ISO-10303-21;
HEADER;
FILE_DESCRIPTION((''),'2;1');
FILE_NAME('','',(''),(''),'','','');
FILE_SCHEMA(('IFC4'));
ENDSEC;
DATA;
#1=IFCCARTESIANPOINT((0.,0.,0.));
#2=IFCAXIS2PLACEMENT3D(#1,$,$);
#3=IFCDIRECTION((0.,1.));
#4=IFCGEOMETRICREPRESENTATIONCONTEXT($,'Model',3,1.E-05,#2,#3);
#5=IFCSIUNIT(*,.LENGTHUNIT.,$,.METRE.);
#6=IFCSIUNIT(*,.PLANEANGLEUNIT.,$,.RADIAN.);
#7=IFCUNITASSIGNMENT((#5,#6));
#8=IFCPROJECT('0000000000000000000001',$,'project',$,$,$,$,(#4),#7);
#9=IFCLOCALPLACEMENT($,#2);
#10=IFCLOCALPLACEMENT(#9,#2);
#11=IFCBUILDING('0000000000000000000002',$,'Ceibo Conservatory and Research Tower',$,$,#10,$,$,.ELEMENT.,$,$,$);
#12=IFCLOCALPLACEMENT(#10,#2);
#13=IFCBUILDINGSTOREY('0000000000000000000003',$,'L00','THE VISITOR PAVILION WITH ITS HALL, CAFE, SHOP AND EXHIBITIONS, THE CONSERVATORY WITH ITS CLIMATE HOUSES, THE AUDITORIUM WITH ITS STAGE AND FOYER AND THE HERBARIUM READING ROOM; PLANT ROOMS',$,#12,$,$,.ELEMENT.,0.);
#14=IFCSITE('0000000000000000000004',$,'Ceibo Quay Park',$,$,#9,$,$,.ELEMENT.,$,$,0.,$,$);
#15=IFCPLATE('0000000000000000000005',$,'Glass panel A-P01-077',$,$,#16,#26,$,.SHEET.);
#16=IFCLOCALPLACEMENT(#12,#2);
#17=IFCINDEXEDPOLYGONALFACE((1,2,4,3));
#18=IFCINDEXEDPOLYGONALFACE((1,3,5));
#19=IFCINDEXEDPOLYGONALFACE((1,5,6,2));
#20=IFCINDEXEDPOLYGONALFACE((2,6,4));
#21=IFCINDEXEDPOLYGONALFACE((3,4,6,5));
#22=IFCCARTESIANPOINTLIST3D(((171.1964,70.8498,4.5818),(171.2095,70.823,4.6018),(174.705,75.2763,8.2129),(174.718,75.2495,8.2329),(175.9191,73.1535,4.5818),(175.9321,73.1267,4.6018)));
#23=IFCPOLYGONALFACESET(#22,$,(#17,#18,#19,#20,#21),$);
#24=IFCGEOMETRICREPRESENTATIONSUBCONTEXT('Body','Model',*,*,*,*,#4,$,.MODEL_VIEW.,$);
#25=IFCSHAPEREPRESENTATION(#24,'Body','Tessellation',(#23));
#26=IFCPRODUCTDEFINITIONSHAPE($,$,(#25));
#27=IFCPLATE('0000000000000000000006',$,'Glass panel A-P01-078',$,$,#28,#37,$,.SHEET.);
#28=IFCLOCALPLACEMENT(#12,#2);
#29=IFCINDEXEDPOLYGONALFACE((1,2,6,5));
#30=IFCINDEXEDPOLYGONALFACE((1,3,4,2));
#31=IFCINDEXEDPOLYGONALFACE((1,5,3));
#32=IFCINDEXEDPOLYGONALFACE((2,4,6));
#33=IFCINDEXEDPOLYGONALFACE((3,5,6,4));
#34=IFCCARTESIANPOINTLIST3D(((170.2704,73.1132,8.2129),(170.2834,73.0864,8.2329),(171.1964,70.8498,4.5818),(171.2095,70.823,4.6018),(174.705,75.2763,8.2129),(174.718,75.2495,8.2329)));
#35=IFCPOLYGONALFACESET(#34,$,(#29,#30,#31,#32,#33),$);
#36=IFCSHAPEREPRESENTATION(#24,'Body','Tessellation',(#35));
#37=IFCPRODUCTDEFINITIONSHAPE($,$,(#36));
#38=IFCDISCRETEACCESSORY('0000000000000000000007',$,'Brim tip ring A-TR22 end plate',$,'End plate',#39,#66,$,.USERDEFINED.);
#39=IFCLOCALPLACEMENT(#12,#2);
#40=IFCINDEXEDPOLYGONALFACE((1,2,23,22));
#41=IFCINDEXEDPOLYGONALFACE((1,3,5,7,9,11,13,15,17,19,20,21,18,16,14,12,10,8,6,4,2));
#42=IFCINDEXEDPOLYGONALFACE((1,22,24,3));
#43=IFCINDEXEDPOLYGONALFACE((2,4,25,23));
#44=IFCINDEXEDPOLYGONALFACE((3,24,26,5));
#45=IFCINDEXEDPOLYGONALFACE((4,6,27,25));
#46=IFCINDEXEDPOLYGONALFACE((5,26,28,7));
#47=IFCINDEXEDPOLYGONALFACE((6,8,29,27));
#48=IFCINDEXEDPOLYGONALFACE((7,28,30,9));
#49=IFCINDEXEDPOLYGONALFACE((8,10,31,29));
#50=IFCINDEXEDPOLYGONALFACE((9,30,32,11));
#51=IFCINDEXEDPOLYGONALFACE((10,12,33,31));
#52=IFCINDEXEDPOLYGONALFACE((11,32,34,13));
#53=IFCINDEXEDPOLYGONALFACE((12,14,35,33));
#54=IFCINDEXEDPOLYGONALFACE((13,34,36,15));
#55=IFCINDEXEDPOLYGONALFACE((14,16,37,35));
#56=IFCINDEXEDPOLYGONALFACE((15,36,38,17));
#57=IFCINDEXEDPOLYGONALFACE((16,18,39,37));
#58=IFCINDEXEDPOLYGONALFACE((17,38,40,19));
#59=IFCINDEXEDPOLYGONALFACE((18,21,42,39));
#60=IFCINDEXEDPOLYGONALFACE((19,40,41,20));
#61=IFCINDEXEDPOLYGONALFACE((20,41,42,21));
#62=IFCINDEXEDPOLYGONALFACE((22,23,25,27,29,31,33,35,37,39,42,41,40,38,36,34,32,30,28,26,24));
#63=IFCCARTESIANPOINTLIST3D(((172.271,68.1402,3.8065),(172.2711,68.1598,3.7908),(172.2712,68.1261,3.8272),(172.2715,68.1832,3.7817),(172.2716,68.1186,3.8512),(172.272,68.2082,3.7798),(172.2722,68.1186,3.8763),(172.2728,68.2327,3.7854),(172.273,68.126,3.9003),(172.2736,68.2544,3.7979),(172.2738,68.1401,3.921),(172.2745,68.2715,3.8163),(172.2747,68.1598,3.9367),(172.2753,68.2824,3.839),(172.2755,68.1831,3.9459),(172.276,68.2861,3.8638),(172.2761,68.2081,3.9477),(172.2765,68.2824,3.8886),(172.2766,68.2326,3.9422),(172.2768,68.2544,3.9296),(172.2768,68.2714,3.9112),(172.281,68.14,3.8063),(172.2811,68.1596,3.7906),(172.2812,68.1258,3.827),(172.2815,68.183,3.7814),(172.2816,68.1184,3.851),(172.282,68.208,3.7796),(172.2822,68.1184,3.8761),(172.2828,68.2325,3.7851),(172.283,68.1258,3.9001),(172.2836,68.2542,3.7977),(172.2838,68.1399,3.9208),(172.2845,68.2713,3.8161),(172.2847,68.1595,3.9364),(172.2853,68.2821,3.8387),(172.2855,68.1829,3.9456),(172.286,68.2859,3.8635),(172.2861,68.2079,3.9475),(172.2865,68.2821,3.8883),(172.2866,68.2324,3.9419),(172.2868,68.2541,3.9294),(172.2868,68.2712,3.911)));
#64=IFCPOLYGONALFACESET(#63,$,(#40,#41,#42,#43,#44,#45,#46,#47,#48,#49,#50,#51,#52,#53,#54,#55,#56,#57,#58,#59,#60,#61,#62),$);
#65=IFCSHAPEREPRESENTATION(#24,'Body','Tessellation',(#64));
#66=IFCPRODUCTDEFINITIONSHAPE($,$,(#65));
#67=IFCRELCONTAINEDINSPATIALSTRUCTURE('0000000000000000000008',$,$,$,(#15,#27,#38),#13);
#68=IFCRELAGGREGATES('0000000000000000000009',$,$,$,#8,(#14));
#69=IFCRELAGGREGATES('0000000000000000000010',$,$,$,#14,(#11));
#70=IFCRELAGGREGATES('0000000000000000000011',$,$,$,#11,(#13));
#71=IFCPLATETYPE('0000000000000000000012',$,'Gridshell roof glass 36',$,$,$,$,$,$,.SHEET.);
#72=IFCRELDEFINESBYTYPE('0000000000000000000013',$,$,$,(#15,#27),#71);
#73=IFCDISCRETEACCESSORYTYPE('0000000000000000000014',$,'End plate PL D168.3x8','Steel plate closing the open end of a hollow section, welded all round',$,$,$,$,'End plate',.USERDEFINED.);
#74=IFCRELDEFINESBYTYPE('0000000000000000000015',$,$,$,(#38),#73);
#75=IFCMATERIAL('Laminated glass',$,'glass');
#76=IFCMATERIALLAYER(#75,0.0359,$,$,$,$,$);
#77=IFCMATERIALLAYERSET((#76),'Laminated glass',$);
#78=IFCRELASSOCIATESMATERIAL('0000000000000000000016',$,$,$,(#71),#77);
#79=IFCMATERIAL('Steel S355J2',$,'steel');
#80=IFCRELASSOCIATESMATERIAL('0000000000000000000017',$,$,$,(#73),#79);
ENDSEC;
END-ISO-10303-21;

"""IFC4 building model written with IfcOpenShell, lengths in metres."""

from ifc_helpers import new_model, si_unit, direction, frame, origin, origin_2d, place, context, subcontext, project, spatial, polyline, circle, outline, extrude, material, layer, layer_set, material_profile, profile_set, type_object, element, save


model = new_model("IFC4")

# Units and contexts
model_context = context("Model", 3, precision=1e-05, world=origin(), true_north=direction((0.0, 1.0)))
body_context = subcontext(model_context, "Body", "Model", "MODEL_VIEW")
ifc_project = project(units=[si_unit("LENGTHUNIT", "METRE"), si_unit("PLANEANGLEUNIT", "RADIAN")], contexts=[model_context])

# Site, building, storey
site_placement = place(None, origin())
site = spatial("IfcSite", under=ifc_project, at=site_placement, Name="Ceibo Quay Park", CompositionType="ELEMENT", RefElevation=0.0)
building_placement = place(site_placement, origin())
building = spatial("IfcBuilding", under=site, at=building_placement, Name="Ceibo Conservatory and Research Tower", CompositionType="ELEMENT")
storey_placement = place(building_placement, origin())
storey = spatial("IfcBuildingStorey", under=building, at=storey_placement, Name="L00", Description="THE VISITOR PAVILION WITH ITS HALL, CAFE, SHOP AND EXHIBITIONS, THE CONSERVATORY WITH ITS CLIMATE HOUSES, THE AUDITORIUM WITH ITS STAGE AND FOYER AND THE HERBARIUM READING ROOM; PLANT ROOMS", CompositionType="ELEMENT", Elevation=0.0)

# Shared definitions
ifc_material_1 = material(Name="Laminated glass", Category="glass")

# Plates
ifc_layer_1 = layer(ifc_material_1, 0.0359)
ifc_layer_set_1 = layer_set([ifc_layer_1], Name="Laminated glass")
plate_type_1 = type_object("IfcPlateType", Name="Gridshell roof glass 36", PredefinedType="SHEET", material=ifc_layer_set_1)
plate_1_placement = place(storey_placement, frame((171.2095, 70.823, 4.6018), z_axis=(0.363885, -0.745971, 0.557777), x_axis=(0.89877, 0.43842, 0.0)))
element("IfcPlate", 1, at=plate_1_placement, inside=storey, type_object=plate_type_1, Name="Glass panel A-P01-077", PredefinedType="SHEET", context=body_context, shape_type="SweptSolid", body=[
    extrude(outline(polyline([(0.0, 0.0), (5.2546, 0.0), (5.094, 4.3749), (0.0, 0.0)])), origin(), (0.0, 0.0, -1.0), 0.0359),
])
plate_2_placement = place(storey_placement, frame((171.2095, 70.823, 4.6018), z_axis=(0.363867, -0.745969, 0.557791), x_axis=(0.522508, 0.659215, 0.54076)))
element("IfcPlate", 2, at=plate_2_placement, inside=storey, type_object=plate_type_1, Name="Glass panel A-P01-078", PredefinedType="SHEET", context=body_context, shape_type="SweptSolid", body=[
    extrude(outline(polyline([(0.0, 0.0), (6.7148, 0.0), (2.9718, 3.2147), (0.0, 0.0)])), origin(), (0.0, 0.0, -1.0), 0.0359),
])

# Discrete accessory
ifc_material_2 = material(Name="Steel S355J2", Category="steel")
ifc_material_profile_1 = material_profile(ifc_material_2, circle(Radius=0.0842, at=origin_2d()), Name="End plate PL D168.3x8")
ifc_profile_set_1 = profile_set([ifc_material_profile_1], Name="Steel S355J2")
discrete_accessory_type = type_object("IfcDiscreteAccessoryType", Name="End plate PL D168.3x8", Description="Steel plate closing the open end of a hollow section, welded all round", ElementType="End plate", PredefinedType="USERDEFINED", material=ifc_profile_set_1)
discrete_accessory_placement = place(storey_placement, frame((172.2739, 68.2019, 3.8638), z_axis=(0.999406, -0.024376, -0.024376), x_axis=(0.024383, 0.999703, 0.0)))
element("IfcDiscreteAccessory", 3, at=discrete_accessory_placement, inside=storey, type_object=discrete_accessory_type, Name="Brim tip ring A-TR22 end plate", ObjectType="End plate", PredefinedType="USERDEFINED", context=body_context, shape_type="SweptSolid", body=[
    extrude(circle(Radius=0.0842, at=origin_2d()), origin(), (0.0, 0.0, 1.0), 0.01),
])

save(model, "model.ifc")
